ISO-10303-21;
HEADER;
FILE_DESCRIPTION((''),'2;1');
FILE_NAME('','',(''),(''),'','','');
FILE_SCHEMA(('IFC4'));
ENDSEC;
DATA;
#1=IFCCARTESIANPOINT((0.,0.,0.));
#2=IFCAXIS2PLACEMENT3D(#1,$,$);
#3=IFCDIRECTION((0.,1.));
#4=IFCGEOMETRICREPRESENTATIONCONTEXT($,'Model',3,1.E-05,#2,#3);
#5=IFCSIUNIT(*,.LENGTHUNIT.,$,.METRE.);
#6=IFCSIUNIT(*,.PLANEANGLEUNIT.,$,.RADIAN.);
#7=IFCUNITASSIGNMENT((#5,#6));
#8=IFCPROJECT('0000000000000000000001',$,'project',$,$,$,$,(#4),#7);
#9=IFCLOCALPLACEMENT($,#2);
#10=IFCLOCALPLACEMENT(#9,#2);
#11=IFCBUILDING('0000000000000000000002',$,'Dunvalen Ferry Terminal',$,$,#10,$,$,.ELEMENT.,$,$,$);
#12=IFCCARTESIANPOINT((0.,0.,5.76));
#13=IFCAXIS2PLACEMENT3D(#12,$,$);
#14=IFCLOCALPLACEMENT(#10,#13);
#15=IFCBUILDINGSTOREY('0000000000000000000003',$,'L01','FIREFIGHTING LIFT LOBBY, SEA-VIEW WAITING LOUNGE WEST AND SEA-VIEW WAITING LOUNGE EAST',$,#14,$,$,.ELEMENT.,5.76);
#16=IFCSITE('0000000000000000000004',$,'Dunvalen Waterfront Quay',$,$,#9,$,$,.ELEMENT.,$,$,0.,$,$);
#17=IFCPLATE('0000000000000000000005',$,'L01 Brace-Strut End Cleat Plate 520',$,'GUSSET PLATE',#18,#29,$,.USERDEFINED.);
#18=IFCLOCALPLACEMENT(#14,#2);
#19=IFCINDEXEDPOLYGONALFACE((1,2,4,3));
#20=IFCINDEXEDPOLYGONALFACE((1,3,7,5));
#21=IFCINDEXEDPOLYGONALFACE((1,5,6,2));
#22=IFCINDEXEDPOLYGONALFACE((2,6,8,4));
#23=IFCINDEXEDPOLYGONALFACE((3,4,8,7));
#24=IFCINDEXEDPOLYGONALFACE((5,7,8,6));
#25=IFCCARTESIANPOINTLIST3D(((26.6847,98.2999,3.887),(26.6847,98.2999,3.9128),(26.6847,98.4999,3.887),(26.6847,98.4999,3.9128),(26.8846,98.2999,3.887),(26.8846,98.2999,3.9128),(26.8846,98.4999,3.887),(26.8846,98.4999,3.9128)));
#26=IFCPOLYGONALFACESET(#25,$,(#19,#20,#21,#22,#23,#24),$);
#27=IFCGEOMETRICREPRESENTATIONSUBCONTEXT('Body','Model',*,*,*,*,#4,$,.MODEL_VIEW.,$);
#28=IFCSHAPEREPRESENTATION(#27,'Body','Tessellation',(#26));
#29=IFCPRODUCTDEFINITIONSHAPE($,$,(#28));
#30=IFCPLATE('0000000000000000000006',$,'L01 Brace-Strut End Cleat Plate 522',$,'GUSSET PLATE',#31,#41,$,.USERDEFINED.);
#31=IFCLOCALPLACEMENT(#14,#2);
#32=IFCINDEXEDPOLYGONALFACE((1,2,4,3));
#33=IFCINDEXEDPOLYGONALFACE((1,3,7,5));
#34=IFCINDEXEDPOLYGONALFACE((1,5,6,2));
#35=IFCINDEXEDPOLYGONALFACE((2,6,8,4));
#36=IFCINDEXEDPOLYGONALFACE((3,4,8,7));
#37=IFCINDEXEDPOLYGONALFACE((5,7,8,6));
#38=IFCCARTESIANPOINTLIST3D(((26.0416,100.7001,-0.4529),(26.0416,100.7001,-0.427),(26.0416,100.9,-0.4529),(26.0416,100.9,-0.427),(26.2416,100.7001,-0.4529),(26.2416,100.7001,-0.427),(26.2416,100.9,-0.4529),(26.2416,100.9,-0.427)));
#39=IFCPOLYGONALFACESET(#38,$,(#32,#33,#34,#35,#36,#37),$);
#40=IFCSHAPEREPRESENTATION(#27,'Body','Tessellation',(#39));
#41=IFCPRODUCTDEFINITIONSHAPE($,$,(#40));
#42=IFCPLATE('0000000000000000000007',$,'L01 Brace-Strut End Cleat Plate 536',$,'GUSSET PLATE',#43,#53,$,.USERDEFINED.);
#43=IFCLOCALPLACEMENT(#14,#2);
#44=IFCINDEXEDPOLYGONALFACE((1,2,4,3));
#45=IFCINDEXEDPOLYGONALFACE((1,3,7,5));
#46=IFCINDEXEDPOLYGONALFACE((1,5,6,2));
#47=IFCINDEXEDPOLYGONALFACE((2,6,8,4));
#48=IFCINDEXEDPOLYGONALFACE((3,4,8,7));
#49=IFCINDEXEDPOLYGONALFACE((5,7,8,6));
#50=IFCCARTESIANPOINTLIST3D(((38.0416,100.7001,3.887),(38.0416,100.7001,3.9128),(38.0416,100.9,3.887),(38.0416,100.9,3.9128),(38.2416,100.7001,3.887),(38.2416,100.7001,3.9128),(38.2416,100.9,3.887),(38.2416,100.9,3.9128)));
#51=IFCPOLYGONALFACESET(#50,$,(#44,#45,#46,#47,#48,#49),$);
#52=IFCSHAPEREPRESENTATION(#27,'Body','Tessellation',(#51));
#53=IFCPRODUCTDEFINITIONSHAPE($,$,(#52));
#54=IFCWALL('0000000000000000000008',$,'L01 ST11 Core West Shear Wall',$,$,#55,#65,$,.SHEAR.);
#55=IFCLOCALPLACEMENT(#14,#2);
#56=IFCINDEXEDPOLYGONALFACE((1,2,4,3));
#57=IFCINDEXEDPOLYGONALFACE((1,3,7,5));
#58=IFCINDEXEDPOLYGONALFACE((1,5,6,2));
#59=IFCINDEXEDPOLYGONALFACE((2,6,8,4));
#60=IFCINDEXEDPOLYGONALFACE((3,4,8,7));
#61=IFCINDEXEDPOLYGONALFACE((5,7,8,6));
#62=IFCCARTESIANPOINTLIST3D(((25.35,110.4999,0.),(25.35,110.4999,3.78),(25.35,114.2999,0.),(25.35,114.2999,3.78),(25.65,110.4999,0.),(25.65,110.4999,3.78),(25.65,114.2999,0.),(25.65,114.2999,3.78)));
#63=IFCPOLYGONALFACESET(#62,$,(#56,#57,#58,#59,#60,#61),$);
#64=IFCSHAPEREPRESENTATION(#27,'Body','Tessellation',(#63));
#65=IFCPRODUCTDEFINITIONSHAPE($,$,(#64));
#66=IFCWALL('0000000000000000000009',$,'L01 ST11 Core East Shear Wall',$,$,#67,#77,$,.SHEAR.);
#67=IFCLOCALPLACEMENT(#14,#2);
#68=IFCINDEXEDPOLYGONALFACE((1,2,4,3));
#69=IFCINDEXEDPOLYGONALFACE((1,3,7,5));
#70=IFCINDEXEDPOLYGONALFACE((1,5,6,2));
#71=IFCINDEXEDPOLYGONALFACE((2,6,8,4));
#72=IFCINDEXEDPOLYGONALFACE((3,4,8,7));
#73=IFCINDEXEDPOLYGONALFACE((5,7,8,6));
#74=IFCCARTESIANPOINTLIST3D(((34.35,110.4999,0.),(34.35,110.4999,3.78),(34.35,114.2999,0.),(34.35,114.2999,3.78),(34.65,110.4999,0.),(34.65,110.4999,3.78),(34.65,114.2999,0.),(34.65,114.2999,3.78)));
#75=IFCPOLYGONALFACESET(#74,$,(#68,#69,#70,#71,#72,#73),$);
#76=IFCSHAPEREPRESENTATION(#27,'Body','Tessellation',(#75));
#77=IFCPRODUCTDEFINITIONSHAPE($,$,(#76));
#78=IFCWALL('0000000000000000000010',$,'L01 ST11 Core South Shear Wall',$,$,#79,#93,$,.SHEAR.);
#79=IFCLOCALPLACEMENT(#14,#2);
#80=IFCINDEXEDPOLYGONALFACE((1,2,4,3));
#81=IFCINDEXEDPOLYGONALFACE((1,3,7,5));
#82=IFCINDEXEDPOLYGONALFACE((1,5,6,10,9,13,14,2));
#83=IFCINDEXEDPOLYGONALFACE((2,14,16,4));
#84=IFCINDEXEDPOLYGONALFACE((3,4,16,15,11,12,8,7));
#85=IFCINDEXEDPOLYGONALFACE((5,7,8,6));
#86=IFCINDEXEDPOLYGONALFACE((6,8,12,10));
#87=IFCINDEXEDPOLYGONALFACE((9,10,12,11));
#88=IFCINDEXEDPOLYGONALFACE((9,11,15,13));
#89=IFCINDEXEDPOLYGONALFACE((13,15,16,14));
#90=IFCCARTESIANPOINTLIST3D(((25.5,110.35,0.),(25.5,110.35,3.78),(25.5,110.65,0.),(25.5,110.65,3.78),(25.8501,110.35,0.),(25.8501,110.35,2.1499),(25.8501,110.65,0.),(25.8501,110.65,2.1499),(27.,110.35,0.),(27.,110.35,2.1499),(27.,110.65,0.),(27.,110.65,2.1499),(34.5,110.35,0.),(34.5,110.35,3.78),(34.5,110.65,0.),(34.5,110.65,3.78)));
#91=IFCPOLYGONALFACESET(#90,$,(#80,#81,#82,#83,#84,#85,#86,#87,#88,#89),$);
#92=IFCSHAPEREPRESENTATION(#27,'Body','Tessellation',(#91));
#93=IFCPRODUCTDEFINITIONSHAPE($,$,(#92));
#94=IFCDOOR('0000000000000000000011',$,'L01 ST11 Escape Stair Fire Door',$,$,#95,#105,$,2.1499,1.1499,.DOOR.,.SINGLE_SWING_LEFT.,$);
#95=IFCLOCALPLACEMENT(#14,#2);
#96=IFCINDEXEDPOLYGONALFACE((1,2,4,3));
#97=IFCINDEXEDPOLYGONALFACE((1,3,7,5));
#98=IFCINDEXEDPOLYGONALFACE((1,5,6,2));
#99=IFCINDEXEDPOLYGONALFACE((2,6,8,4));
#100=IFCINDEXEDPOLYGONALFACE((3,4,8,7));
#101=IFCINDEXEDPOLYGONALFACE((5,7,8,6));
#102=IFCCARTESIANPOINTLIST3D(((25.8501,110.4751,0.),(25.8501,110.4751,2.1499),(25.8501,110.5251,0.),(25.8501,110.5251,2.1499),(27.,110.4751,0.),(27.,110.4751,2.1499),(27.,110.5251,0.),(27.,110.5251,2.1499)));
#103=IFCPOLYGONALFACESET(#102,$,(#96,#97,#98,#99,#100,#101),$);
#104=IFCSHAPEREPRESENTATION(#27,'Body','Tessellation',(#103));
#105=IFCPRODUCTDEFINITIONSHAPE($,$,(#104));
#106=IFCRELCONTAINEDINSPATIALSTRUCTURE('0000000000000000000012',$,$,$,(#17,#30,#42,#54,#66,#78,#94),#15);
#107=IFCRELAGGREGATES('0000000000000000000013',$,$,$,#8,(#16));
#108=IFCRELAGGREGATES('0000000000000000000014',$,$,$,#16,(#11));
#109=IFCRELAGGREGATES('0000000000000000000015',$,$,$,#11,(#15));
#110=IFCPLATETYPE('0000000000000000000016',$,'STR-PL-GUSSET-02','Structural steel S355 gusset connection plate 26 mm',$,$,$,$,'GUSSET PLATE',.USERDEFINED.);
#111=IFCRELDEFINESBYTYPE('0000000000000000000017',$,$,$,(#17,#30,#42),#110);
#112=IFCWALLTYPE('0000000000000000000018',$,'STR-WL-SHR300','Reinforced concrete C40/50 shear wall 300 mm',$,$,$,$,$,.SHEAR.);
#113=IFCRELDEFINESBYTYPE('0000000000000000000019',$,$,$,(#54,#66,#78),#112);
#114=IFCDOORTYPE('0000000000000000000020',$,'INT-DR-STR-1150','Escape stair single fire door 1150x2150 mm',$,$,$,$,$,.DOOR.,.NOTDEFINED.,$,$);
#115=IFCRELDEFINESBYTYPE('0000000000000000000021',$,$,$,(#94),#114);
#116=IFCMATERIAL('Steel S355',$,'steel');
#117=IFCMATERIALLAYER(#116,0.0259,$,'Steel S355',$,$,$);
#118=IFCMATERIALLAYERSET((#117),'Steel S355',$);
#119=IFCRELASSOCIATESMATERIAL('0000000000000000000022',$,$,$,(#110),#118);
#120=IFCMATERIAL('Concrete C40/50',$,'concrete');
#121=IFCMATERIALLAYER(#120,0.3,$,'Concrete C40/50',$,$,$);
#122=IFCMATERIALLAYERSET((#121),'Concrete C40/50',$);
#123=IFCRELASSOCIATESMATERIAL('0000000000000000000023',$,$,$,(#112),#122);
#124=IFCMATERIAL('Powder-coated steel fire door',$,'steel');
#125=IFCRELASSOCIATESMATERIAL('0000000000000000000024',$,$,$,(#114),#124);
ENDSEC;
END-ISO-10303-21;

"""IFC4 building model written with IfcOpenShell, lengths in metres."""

from ifc_helpers import new_model, si_unit, direction, frame, frame_2d, origin, origin_2d, place, context, subcontext, project, spatial, rectangle, extrude, material, layer, layer_set, type_object, element, fill, save


model = new_model("IFC4")

# Units and contexts
model_context = context("Model", 3, precision=1e-05, world=origin(), true_north=direction((0.0, 1.0)))
body_context = subcontext(model_context, "Body", "Model", "MODEL_VIEW")
ifc_project = project(units=[si_unit("LENGTHUNIT", "METRE"), si_unit("PLANEANGLEUNIT", "RADIAN")], contexts=[model_context])

# Site, building, storey
site_placement = place(None, origin())
site = spatial("IfcSite", under=ifc_project, at=site_placement, Name="Dunvalen Waterfront Quay", CompositionType="ELEMENT", RefElevation=0.0)
building_placement = place(site_placement, origin())
building = spatial("IfcBuilding", under=site, at=building_placement, Name="Dunvalen Ferry Terminal", CompositionType="ELEMENT")
storey_placement = place(building_placement, frame((0.0, 0.0, 5.76)))
storey = spatial("IfcBuildingStorey", under=building, at=storey_placement, Name="L01", Description="FIREFIGHTING LIFT LOBBY, SEA-VIEW WAITING LOUNGE WEST AND SEA-VIEW WAITING LOUNGE EAST", CompositionType="ELEMENT", Elevation=5.76)

# Shared definitions
ifc_material_1 = material(Name="Concrete C40/50", Category="concrete")
ifc_material_2 = material(Name="Steel S355", Category="steel")

# Plates
ifc_layer_1 = layer(ifc_material_2, 0.0259, Name="Steel S355")
ifc_layer_set_1 = layer_set([ifc_layer_1], Name="Steel S355")
plate_type_1 = type_object("IfcPlateType", Name="STR-PL-GUSSET-02", Description="Structural steel S355 gusset connection plate 26 mm", ElementType="GUSSET PLATE", PredefinedType="USERDEFINED", material=ifc_layer_set_1)
for number, where, z_axis, x_axis, name in (
    (1, (26.7847, 98.3999, 3.887), (0.0, 0.0, 1.0), (1.0, 0.0, 0.0), "L01 Brace-Strut End Cleat Plate 520"),
    (2, (26.1416, 100.8, -0.4529), (0.0, 0.0, 1.0), (1.0, 0.0, 0.0), "L01 Brace-Strut End Cleat Plate 522"),
    (3, (38.1416, 100.8, 3.887), (0.0, 0.0, 1.0), (1.0, 0.0, 0.0), "L01 Brace-Strut End Cleat Plate 536"),
):
    element("IfcPlate", number, at=place(storey_placement, frame(where, z_axis=z_axis, x_axis=x_axis)), inside=storey, type_object=plate_type_1, Name=name, ObjectType="GUSSET PLATE", PredefinedType="USERDEFINED", context=body_context, shape_type="SweptSolid", body=[
        extrude(rectangle(XDim=0.2, YDim=0.2, at=origin_2d()), origin(), (0.0, 0.0, 1.0), 0.0259),
    ])

# Walls
ifc_layer_2 = layer(ifc_material_1, 0.3, Name="Concrete C40/50")
ifc_layer_set_2 = layer_set([ifc_layer_2], Name="Concrete C40/50")
wall_type = type_object("IfcWallType", Name="STR-WL-SHR300", Description="Reinforced concrete C40/50 shear wall 300 mm", PredefinedType="SHEAR", material=ifc_layer_set_2)
for number, where, z_axis, x_axis, name in (
    (4, (25.5, 110.5, 0.0), (0.0, 0.0, 1.0), (0.0, 1.0, 0.0), "L01 ST11 Core West Shear Wall"),
    (5, (34.5, 110.5, 0.0), (0.0, 0.0, 1.0), (0.0, 1.0, 0.0), "L01 ST11 Core East Shear Wall"),
):
    element("IfcWall", number, at=place(storey_placement, frame(where, z_axis=z_axis, x_axis=x_axis)), inside=storey, type_object=wall_type, Name=name, PredefinedType="SHEAR", context=body_context, shape_type="SweptSolid", body=[
        extrude(rectangle(XDim=3.8, YDim=0.3, at=frame_2d((1.8999, 0.0))), origin(), (0.0, 0.0, 1.0), 3.78),
    ])

# Wall, opening, door
wall_placement = place(storey_placement, frame((25.5, 110.5, 0.0), z_axis=(0.0, 0.0, 1.0), x_axis=(1.0, 0.0, 0.0)))
wall = element("IfcWall", 6, at=wall_placement, inside=storey, type_object=wall_type, Name="L01 ST11 Core South Shear Wall", PredefinedType="SHEAR", context=body_context, shape_type="SweptSolid", body=[
    extrude(rectangle(XDim=9.0, YDim=0.3, at=frame_2d((4.5, 0.0))), origin(), (0.0, 0.0, 1.0), 3.78),
])
opening_placement = place(wall_placement, frame((0.3501, 0.0, 0.0)))
opening = element("IfcOpeningElement", 7, at=opening_placement, cuts=wall, PredefinedType="OPENING", context=body_context, shape_type="SweptSolid", body=[
    extrude(rectangle(XDim=1.1499, YDim=2.1499, at=frame_2d((0.575, 1.075))), frame((0.0, 0.1602, 0.0), z_axis=(0.0, -1.0, 0.0), x_axis=(1.0, 0.0, 0.0)), (0.0, 0.0, 1.0), 0.3201),
])
ifc_material_3 = material(Name="Powder-coated steel fire door", Category="steel")
door_type = type_object("IfcDoorType", Name="INT-DR-STR-1150", Description="Escape stair single fire door 1150x2150 mm", OperationType="NOTDEFINED", PredefinedType="DOOR", material=ifc_material_3)
door_placement = place(opening_placement, frame((1.1499, 0.0, 0.0), z_axis=(0.0, 0.0, 1.0), x_axis=(-1.0, 0.0, 0.0)))
door = element("IfcDoor", 8, at=door_placement, inside=storey, type_object=door_type, Name="L01 ST11 Escape Stair Fire Door", OperationType="SINGLE_SWING_LEFT", OverallHeight=2.1499, OverallWidth=1.1499, PredefinedType="DOOR", context=body_context, shape_type="SweptSolid", body=[
    extrude(rectangle(XDim=1.1499, YDim=2.1499, at=frame_2d((0.575, 1.075))), frame((0.0, 0.0249, 0.0), z_axis=(0.0, -1.0, 0.0), x_axis=(1.0, 0.0, 0.0)), (0.0, 0.0, 1.0), 0.05),
])
fill(opening, door)

save(model, "model.ifc")
